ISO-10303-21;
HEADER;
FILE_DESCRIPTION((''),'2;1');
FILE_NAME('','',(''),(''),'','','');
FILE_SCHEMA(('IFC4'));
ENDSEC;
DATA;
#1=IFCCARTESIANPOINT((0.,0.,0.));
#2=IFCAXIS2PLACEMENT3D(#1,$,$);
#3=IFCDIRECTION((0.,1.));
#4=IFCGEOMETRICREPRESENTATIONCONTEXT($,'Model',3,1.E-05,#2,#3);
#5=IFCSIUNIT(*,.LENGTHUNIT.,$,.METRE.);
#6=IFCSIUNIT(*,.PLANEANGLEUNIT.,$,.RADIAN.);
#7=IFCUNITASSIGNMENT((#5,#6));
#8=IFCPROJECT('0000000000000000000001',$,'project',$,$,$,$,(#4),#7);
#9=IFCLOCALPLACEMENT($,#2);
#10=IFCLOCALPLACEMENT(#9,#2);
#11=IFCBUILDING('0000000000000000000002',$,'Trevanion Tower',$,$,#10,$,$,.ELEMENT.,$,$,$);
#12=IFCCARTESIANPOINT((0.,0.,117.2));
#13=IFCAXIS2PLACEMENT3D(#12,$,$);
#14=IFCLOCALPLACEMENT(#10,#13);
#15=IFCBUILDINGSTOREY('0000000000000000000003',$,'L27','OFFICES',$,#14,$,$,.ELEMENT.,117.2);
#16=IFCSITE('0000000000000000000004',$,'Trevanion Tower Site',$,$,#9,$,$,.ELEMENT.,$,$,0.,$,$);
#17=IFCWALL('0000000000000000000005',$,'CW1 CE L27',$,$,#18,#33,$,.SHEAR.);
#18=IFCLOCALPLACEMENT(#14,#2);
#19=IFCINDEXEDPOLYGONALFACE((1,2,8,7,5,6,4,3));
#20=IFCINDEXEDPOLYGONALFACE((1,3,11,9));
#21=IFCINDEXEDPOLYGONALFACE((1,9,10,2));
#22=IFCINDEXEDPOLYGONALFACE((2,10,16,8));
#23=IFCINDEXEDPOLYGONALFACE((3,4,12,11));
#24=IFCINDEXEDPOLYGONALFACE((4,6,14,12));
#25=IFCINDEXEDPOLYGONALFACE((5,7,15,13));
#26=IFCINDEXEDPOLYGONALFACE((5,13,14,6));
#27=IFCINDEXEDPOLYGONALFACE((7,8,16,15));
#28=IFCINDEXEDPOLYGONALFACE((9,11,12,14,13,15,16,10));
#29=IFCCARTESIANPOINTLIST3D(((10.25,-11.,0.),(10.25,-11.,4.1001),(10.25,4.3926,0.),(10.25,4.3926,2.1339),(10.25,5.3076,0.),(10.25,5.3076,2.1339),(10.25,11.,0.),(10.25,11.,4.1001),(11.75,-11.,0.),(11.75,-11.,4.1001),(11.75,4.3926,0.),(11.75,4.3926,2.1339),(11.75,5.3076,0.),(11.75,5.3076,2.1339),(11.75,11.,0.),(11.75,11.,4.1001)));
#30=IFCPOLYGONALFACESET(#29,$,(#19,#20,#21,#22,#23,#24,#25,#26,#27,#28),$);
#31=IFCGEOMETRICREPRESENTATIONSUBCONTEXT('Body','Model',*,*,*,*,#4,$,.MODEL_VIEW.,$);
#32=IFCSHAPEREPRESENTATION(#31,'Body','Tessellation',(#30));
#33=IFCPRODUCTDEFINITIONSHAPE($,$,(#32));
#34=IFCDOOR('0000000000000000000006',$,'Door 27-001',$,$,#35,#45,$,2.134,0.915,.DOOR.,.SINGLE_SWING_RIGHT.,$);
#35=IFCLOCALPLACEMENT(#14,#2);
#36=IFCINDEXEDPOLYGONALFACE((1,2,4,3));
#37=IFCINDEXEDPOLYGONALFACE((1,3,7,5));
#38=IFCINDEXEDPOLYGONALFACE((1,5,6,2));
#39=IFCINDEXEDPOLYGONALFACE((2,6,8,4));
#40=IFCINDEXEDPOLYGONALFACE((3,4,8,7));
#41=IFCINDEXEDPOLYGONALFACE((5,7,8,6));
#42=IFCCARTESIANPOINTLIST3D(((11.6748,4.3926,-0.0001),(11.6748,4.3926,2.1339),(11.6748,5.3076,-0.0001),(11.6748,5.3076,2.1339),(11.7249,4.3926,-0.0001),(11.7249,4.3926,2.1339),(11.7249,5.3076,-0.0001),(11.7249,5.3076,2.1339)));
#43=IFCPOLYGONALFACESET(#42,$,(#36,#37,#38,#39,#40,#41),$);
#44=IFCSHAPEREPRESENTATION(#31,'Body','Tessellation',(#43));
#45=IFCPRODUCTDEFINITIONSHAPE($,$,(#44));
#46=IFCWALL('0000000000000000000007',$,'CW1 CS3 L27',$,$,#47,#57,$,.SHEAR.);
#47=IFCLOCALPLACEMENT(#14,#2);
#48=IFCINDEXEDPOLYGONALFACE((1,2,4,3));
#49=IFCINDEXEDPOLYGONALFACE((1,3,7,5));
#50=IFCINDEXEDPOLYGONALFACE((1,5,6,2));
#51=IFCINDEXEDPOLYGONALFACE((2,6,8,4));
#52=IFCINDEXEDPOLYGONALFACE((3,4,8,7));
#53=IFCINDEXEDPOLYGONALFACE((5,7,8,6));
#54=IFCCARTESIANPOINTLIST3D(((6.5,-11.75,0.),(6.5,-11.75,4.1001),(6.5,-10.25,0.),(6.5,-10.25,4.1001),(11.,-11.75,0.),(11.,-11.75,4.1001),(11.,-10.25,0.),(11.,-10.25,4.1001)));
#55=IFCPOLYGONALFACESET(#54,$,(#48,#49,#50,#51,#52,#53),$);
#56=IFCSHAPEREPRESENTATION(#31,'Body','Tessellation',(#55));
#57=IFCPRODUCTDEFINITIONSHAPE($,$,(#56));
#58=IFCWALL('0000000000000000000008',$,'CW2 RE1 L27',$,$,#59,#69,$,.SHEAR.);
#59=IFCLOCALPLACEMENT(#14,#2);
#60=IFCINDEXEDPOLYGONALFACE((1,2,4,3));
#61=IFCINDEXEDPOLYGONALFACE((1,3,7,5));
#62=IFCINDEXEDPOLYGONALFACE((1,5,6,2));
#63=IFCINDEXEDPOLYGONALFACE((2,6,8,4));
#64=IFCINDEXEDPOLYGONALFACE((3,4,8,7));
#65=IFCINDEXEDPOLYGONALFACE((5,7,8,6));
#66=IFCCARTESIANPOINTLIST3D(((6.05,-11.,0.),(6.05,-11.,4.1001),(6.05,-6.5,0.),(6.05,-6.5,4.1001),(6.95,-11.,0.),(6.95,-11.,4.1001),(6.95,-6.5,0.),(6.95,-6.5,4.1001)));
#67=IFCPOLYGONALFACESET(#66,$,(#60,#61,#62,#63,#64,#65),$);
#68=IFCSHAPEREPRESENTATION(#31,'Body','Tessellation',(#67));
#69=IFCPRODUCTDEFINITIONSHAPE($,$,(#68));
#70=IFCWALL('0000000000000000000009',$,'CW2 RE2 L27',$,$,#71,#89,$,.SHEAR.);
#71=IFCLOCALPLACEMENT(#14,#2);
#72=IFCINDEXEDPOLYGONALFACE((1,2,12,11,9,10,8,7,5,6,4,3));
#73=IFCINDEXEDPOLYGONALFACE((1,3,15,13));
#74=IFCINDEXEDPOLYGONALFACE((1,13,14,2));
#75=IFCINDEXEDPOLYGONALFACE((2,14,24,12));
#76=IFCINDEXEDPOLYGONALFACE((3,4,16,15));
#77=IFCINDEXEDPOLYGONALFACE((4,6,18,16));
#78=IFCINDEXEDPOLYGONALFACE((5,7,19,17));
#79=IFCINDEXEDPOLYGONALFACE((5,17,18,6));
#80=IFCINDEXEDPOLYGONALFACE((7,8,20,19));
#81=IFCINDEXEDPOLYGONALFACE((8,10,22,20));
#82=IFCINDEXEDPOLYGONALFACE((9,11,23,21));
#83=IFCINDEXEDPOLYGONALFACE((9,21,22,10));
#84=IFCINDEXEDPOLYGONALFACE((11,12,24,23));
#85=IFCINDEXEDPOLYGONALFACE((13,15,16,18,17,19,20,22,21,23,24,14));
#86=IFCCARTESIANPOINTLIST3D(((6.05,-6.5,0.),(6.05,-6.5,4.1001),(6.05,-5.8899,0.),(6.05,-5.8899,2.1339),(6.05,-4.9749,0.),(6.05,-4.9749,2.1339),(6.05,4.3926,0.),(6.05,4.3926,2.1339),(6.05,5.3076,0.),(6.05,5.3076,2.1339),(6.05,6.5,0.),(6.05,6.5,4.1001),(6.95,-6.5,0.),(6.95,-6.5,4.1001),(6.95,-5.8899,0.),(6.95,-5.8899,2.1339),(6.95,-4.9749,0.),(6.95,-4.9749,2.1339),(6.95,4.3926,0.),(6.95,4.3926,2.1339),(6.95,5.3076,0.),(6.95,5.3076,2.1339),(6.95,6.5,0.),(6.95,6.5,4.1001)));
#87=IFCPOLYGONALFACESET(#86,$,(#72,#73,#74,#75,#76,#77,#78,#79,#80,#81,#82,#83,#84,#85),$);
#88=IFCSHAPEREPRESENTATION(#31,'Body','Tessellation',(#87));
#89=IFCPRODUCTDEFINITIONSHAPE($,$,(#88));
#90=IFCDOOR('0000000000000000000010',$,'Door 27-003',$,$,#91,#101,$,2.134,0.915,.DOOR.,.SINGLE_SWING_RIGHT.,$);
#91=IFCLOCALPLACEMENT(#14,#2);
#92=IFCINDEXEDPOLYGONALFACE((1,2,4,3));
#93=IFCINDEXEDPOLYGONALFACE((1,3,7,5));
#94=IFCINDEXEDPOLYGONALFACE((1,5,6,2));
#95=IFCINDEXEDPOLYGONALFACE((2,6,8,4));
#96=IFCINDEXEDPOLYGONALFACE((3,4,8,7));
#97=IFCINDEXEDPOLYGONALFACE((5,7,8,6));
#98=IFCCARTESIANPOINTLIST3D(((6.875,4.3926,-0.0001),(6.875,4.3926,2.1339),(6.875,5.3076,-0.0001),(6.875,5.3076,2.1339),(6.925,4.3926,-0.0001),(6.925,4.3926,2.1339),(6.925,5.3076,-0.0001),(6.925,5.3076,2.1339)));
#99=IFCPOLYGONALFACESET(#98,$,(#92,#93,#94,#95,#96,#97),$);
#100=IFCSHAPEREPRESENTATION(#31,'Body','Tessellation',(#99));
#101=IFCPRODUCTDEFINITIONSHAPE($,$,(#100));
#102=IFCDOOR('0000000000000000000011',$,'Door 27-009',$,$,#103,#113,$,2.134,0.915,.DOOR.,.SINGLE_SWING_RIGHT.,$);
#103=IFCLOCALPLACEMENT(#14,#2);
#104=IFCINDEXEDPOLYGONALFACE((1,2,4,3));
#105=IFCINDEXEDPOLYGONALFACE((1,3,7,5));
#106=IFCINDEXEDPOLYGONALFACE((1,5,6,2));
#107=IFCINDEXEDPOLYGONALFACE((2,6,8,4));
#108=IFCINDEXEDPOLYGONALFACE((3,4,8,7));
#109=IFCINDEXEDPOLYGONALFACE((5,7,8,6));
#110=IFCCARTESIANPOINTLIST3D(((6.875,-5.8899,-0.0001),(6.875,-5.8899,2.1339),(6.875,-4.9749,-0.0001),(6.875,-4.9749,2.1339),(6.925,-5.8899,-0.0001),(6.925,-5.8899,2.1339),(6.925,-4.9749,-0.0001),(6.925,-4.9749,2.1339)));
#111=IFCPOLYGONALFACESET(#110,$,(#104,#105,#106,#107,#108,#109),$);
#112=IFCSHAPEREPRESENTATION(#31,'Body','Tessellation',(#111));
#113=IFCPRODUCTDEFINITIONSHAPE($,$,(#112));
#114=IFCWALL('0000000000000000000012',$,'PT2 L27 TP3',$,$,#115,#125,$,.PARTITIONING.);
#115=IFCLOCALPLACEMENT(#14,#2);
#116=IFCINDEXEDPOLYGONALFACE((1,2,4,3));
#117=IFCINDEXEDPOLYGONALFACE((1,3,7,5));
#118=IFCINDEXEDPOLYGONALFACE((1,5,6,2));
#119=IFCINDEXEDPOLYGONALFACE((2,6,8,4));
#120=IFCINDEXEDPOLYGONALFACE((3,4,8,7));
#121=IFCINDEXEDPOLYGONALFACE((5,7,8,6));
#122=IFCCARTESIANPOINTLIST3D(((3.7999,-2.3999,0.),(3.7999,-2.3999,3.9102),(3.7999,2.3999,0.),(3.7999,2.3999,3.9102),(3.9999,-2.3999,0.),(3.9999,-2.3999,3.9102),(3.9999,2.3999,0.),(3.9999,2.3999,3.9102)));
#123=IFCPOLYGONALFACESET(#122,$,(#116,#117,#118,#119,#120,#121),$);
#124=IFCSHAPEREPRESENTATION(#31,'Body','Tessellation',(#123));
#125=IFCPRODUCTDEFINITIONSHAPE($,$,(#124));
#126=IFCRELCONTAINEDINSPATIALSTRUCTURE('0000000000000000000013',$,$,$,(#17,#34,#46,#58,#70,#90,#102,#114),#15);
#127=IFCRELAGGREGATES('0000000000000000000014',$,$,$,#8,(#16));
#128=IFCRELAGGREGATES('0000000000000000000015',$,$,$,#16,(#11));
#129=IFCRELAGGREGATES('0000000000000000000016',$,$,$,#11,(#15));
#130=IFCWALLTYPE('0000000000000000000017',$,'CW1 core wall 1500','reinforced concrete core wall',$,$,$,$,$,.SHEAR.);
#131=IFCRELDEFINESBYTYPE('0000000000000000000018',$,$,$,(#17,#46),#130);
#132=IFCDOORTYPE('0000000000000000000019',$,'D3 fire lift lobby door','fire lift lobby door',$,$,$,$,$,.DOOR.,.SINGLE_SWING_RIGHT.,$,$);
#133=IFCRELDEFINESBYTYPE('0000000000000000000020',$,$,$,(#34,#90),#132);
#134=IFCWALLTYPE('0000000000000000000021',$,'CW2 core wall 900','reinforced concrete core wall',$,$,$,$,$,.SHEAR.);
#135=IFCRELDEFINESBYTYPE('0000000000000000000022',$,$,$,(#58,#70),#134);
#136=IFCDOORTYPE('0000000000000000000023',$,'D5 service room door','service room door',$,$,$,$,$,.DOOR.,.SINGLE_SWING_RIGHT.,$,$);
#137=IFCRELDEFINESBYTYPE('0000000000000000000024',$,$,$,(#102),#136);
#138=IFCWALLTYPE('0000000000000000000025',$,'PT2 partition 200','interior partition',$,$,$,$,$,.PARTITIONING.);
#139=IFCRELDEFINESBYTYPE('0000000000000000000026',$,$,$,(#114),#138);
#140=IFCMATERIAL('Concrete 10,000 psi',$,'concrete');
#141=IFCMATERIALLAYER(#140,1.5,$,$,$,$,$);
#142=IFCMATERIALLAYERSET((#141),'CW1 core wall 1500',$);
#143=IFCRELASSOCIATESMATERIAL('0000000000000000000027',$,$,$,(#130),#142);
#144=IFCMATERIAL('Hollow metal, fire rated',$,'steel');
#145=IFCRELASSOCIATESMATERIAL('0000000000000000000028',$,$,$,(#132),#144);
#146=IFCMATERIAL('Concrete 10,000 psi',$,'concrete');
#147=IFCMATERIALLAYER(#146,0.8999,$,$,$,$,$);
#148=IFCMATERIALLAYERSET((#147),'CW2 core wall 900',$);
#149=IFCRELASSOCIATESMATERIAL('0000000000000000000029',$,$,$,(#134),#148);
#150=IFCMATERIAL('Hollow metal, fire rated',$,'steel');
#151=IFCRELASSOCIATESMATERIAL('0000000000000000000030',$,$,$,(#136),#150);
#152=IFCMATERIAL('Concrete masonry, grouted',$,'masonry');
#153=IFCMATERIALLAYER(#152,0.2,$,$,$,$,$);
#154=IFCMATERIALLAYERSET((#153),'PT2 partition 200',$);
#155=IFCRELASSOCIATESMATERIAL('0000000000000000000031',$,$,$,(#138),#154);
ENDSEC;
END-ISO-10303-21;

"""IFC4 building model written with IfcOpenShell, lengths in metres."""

from ifc_helpers import new_model, si_unit, direction, frame, frame_2d, origin, place, context, subcontext, project, spatial, rectangle, extrude, material, layer, layer_set, type_object, element, fill, save


model = new_model("IFC4")

# Units and contexts
model_context = context("Model", 3, precision=1e-05, world=origin(), true_north=direction((0.0, 1.0)))
body_context = subcontext(model_context, "Body", "Model", "MODEL_VIEW")
ifc_project = project(units=[si_unit("LENGTHUNIT", "METRE"), si_unit("PLANEANGLEUNIT", "RADIAN")], contexts=[model_context])

# Site, building, storey
site_placement = place(None, origin())
site = spatial("IfcSite", under=ifc_project, at=site_placement, Name="Trevanion Tower Site", CompositionType="ELEMENT", RefElevation=0.0)
building_placement = place(site_placement, origin())
building = spatial("IfcBuilding", under=site, at=building_placement, Name="Trevanion Tower", CompositionType="ELEMENT")
storey_placement = place(building_placement, frame((0.0, 0.0, 117.2)))
storey = spatial("IfcBuildingStorey", under=building, at=storey_placement, Name="L27", Description="OFFICES", CompositionType="ELEMENT", Elevation=117.2)

# Wall, opening, door
ifc_material_1 = material(Name="Concrete 10,000 psi", Category="concrete")
ifc_layer_1 = layer(ifc_material_1, 1.5)
ifc_layer_set_1 = layer_set([ifc_layer_1], Name="CW1 core wall 1500")
wall_type_1 = type_object("IfcWallType", Name="CW1 core wall 1500", Description="reinforced concrete core wall", PredefinedType="SHEAR", material=ifc_layer_set_1)
wall_1_placement = place(storey_placement, frame((11.0, -11.0, 0.0), z_axis=(0.0, 0.0, 1.0), x_axis=(0.0, 1.0, 0.0)))
wall_1 = element("IfcWall", 1, at=wall_1_placement, inside=storey, type_object=wall_type_1, Name="CW1 CE L27", PredefinedType="SHEAR", context=body_context, shape_type="SweptSolid", body=[
    extrude(rectangle(XDim=22.0, YDim=1.5, at=frame_2d((11.0, 0.0))), origin(), (0.0, 0.0, 1.0), 4.1001),
])
opening_1_placement = place(wall_1_placement, frame((15.3926, 0.0, 0.0)))
opening_1 = element("IfcOpeningElement", 2, at=opening_1_placement, cuts=wall_1, PredefinedType="OPENING", context=body_context, shape_type="SweptSolid", body=[
    extrude(rectangle(XDim=0.915, YDim=2.134, at=frame_2d((0.4575, 1.0669))), frame((0.0, 0.76, 0.0), z_axis=(0.0, -1.0, 0.0), x_axis=(1.0, 0.0, 0.0)), (0.0, 0.0, 1.0), 1.52),
])
ifc_material_2 = material(Name="Hollow metal, fire rated", Category="steel")
door_type_1 = type_object("IfcDoorType", Name="D3 fire lift lobby door", Description="fire lift lobby door", OperationType="SINGLE_SWING_RIGHT", PredefinedType="DOOR", material=ifc_material_2)
door_1_placement = place(opening_1_placement, origin())
door_1 = element("IfcDoor", 3, at=door_1_placement, inside=storey, type_object=door_type_1, Name="Door 27-001", OperationType="SINGLE_SWING_RIGHT", OverallHeight=2.134, OverallWidth=0.915, PredefinedType="DOOR", context=body_context, shape_type="SweptSolid", body=[
    extrude(rectangle(XDim=0.915, YDim=2.134, at=frame_2d((0.4575, 1.0669))), frame((0.0, -0.6748, 0.0), z_axis=(0.0, -1.0, 0.0), x_axis=(1.0, 0.0, 0.0)), (0.0, 0.0, 1.0), 0.05),
])
fill(opening_1, door_1)

# Walls
wall_2_placement = place(storey_placement, frame((6.5, -11.0, 0.0), z_axis=(0.0, 0.0, 1.0), x_axis=(1.0, 0.0, 0.0)))
element("IfcWall", 4, at=wall_2_placement, inside=storey, type_object=wall_type_1, Name="CW1 CS3 L27", PredefinedType="SHEAR", context=body_context, shape_type="SweptSolid", body=[
    extrude(rectangle(XDim=4.5, YDim=1.5, at=frame_2d((2.25, 0.0))), origin(), (0.0, 0.0, 1.0), 4.1001),
])
ifc_material_3 = material(Name="Concrete 10,000 psi", Category="concrete")
ifc_layer_2 = layer(ifc_material_3, 0.8999)
ifc_layer_set_2 = layer_set([ifc_layer_2], Name="CW2 core wall 900")
wall_type_2 = type_object("IfcWallType", Name="CW2 core wall 900", Description="reinforced concrete core wall", PredefinedType="SHEAR", material=ifc_layer_set_2)
wall_3_placement = place(storey_placement, frame((6.5, -11.0, 0.0), z_axis=(0.0, 0.0, 1.0), x_axis=(0.0, 1.0, 0.0)))
element("IfcWall", 5, at=wall_3_placement, inside=storey, type_object=wall_type_2, Name="CW2 RE1 L27", PredefinedType="SHEAR", context=body_context, shape_type="SweptSolid", body=[
    extrude(rectangle(XDim=4.5, YDim=0.8999, at=frame_2d((2.25, 0.0))), origin(), (0.0, 0.0, 1.0), 4.1001),
])

# Wall, openings, doors
wall_4_placement = place(storey_placement, frame((6.5, -6.5, 0.0), z_axis=(0.0, 0.0, 1.0), x_axis=(0.0, 1.0, 0.0)))
wall_4 = element("IfcWall", 6, at=wall_4_placement, inside=storey, type_object=wall_type_2, Name="CW2 RE2 L27", PredefinedType="SHEAR", context=body_context, shape_type="SweptSolid", body=[
    extrude(rectangle(XDim=13.0, YDim=0.8999, at=frame_2d((6.5, 0.0))), origin(), (0.0, 0.0, 1.0), 4.1001),
])
opening_2_placement = place(wall_4_placement, frame((10.8926, 0.0, 0.0)))
opening_2 = element("IfcOpeningElement", 7, at=opening_2_placement, cuts=wall_4, PredefinedType="OPENING", context=body_context, shape_type="SweptSolid", body=[
    extrude(rectangle(XDim=0.915, YDim=2.134, at=frame_2d((0.4575, 1.0669))), frame((0.0, 0.46, 0.0), z_axis=(0.0, -1.0, 0.0), x_axis=(1.0, 0.0, 0.0)), (0.0, 0.0, 1.0), 0.9199),
])
opening_3_placement = place(wall_4_placement, frame((0.6101, 0.0, 0.0)))
opening_3 = element("IfcOpeningElement", 8, at=opening_3_placement, cuts=wall_4, PredefinedType="OPENING", context=body_context, shape_type="SweptSolid", body=[
    extrude(rectangle(XDim=0.915, YDim=2.134, at=frame_2d((0.4575, 1.0669))), frame((0.0, 0.46, 0.0), z_axis=(0.0, -1.0, 0.0), x_axis=(1.0, 0.0, 0.0)), (0.0, 0.0, 1.0), 0.9199),
])
door_2_placement = place(opening_2_placement, origin())
door_2 = element("IfcDoor", 9, at=door_2_placement, inside=storey, type_object=door_type_1, Name="Door 27-003", OperationType="SINGLE_SWING_RIGHT", OverallHeight=2.134, OverallWidth=0.915, PredefinedType="DOOR", context=body_context, shape_type="SweptSolid", body=[
    extrude(rectangle(XDim=0.915, YDim=2.134, at=frame_2d((0.4575, 1.0669))), frame((0.0, -0.375, 0.0), z_axis=(0.0, -1.0, 0.0), x_axis=(1.0, 0.0, 0.0)), (0.0, 0.0, 1.0), 0.05),
])
fill(opening_2, door_2)
ifc_material_4 = material(Name="Hollow metal, fire rated", Category="steel")
door_type_2 = type_object("IfcDoorType", Name="D5 service room door", Description="service room door", OperationType="SINGLE_SWING_RIGHT", PredefinedType="DOOR", material=ifc_material_4)
door_3_placement = place(opening_3_placement, origin())
door_3 = element("IfcDoor", 10, at=door_3_placement, inside=storey, type_object=door_type_2, Name="Door 27-009", OperationType="SINGLE_SWING_RIGHT", OverallHeight=2.134, OverallWidth=0.915, PredefinedType="DOOR", context=body_context, shape_type="SweptSolid", body=[
    extrude(rectangle(XDim=0.915, YDim=2.134, at=frame_2d((0.4575, 1.0669))), frame((0.0, -0.375, 0.0), z_axis=(0.0, -1.0, 0.0), x_axis=(1.0, 0.0, 0.0)), (0.0, 0.0, 1.0), 0.05),
])
fill(opening_3, door_3)

# Wall
ifc_material_5 = material(Name="Concrete masonry, grouted", Category="masonry")
ifc_layer_3 = layer(ifc_material_5, 0.2)
ifc_layer_set_3 = layer_set([ifc_layer_3], Name="PT2 partition 200")
wall_type_3 = type_object("IfcWallType", Name="PT2 partition 200", Description="interior partition", PredefinedType="PARTITIONING", material=ifc_layer_set_3)
wall_5_placement = place(storey_placement, frame((3.8999, -2.3999, 0.0), z_axis=(0.0, 0.0, 1.0), x_axis=(0.0, 1.0, 0.0)))
element("IfcWall", 11, at=wall_5_placement, inside=storey, type_object=wall_type_3, Name="PT2 L27 TP3", PredefinedType="PARTITIONING", context=body_context, shape_type="SweptSolid", body=[
    extrude(rectangle(XDim=4.7998, YDim=0.2, at=frame_2d((2.3999, 0.0))), origin(), (0.0, 0.0, 1.0), 3.9102),
])

save(model, "model.ifc")
